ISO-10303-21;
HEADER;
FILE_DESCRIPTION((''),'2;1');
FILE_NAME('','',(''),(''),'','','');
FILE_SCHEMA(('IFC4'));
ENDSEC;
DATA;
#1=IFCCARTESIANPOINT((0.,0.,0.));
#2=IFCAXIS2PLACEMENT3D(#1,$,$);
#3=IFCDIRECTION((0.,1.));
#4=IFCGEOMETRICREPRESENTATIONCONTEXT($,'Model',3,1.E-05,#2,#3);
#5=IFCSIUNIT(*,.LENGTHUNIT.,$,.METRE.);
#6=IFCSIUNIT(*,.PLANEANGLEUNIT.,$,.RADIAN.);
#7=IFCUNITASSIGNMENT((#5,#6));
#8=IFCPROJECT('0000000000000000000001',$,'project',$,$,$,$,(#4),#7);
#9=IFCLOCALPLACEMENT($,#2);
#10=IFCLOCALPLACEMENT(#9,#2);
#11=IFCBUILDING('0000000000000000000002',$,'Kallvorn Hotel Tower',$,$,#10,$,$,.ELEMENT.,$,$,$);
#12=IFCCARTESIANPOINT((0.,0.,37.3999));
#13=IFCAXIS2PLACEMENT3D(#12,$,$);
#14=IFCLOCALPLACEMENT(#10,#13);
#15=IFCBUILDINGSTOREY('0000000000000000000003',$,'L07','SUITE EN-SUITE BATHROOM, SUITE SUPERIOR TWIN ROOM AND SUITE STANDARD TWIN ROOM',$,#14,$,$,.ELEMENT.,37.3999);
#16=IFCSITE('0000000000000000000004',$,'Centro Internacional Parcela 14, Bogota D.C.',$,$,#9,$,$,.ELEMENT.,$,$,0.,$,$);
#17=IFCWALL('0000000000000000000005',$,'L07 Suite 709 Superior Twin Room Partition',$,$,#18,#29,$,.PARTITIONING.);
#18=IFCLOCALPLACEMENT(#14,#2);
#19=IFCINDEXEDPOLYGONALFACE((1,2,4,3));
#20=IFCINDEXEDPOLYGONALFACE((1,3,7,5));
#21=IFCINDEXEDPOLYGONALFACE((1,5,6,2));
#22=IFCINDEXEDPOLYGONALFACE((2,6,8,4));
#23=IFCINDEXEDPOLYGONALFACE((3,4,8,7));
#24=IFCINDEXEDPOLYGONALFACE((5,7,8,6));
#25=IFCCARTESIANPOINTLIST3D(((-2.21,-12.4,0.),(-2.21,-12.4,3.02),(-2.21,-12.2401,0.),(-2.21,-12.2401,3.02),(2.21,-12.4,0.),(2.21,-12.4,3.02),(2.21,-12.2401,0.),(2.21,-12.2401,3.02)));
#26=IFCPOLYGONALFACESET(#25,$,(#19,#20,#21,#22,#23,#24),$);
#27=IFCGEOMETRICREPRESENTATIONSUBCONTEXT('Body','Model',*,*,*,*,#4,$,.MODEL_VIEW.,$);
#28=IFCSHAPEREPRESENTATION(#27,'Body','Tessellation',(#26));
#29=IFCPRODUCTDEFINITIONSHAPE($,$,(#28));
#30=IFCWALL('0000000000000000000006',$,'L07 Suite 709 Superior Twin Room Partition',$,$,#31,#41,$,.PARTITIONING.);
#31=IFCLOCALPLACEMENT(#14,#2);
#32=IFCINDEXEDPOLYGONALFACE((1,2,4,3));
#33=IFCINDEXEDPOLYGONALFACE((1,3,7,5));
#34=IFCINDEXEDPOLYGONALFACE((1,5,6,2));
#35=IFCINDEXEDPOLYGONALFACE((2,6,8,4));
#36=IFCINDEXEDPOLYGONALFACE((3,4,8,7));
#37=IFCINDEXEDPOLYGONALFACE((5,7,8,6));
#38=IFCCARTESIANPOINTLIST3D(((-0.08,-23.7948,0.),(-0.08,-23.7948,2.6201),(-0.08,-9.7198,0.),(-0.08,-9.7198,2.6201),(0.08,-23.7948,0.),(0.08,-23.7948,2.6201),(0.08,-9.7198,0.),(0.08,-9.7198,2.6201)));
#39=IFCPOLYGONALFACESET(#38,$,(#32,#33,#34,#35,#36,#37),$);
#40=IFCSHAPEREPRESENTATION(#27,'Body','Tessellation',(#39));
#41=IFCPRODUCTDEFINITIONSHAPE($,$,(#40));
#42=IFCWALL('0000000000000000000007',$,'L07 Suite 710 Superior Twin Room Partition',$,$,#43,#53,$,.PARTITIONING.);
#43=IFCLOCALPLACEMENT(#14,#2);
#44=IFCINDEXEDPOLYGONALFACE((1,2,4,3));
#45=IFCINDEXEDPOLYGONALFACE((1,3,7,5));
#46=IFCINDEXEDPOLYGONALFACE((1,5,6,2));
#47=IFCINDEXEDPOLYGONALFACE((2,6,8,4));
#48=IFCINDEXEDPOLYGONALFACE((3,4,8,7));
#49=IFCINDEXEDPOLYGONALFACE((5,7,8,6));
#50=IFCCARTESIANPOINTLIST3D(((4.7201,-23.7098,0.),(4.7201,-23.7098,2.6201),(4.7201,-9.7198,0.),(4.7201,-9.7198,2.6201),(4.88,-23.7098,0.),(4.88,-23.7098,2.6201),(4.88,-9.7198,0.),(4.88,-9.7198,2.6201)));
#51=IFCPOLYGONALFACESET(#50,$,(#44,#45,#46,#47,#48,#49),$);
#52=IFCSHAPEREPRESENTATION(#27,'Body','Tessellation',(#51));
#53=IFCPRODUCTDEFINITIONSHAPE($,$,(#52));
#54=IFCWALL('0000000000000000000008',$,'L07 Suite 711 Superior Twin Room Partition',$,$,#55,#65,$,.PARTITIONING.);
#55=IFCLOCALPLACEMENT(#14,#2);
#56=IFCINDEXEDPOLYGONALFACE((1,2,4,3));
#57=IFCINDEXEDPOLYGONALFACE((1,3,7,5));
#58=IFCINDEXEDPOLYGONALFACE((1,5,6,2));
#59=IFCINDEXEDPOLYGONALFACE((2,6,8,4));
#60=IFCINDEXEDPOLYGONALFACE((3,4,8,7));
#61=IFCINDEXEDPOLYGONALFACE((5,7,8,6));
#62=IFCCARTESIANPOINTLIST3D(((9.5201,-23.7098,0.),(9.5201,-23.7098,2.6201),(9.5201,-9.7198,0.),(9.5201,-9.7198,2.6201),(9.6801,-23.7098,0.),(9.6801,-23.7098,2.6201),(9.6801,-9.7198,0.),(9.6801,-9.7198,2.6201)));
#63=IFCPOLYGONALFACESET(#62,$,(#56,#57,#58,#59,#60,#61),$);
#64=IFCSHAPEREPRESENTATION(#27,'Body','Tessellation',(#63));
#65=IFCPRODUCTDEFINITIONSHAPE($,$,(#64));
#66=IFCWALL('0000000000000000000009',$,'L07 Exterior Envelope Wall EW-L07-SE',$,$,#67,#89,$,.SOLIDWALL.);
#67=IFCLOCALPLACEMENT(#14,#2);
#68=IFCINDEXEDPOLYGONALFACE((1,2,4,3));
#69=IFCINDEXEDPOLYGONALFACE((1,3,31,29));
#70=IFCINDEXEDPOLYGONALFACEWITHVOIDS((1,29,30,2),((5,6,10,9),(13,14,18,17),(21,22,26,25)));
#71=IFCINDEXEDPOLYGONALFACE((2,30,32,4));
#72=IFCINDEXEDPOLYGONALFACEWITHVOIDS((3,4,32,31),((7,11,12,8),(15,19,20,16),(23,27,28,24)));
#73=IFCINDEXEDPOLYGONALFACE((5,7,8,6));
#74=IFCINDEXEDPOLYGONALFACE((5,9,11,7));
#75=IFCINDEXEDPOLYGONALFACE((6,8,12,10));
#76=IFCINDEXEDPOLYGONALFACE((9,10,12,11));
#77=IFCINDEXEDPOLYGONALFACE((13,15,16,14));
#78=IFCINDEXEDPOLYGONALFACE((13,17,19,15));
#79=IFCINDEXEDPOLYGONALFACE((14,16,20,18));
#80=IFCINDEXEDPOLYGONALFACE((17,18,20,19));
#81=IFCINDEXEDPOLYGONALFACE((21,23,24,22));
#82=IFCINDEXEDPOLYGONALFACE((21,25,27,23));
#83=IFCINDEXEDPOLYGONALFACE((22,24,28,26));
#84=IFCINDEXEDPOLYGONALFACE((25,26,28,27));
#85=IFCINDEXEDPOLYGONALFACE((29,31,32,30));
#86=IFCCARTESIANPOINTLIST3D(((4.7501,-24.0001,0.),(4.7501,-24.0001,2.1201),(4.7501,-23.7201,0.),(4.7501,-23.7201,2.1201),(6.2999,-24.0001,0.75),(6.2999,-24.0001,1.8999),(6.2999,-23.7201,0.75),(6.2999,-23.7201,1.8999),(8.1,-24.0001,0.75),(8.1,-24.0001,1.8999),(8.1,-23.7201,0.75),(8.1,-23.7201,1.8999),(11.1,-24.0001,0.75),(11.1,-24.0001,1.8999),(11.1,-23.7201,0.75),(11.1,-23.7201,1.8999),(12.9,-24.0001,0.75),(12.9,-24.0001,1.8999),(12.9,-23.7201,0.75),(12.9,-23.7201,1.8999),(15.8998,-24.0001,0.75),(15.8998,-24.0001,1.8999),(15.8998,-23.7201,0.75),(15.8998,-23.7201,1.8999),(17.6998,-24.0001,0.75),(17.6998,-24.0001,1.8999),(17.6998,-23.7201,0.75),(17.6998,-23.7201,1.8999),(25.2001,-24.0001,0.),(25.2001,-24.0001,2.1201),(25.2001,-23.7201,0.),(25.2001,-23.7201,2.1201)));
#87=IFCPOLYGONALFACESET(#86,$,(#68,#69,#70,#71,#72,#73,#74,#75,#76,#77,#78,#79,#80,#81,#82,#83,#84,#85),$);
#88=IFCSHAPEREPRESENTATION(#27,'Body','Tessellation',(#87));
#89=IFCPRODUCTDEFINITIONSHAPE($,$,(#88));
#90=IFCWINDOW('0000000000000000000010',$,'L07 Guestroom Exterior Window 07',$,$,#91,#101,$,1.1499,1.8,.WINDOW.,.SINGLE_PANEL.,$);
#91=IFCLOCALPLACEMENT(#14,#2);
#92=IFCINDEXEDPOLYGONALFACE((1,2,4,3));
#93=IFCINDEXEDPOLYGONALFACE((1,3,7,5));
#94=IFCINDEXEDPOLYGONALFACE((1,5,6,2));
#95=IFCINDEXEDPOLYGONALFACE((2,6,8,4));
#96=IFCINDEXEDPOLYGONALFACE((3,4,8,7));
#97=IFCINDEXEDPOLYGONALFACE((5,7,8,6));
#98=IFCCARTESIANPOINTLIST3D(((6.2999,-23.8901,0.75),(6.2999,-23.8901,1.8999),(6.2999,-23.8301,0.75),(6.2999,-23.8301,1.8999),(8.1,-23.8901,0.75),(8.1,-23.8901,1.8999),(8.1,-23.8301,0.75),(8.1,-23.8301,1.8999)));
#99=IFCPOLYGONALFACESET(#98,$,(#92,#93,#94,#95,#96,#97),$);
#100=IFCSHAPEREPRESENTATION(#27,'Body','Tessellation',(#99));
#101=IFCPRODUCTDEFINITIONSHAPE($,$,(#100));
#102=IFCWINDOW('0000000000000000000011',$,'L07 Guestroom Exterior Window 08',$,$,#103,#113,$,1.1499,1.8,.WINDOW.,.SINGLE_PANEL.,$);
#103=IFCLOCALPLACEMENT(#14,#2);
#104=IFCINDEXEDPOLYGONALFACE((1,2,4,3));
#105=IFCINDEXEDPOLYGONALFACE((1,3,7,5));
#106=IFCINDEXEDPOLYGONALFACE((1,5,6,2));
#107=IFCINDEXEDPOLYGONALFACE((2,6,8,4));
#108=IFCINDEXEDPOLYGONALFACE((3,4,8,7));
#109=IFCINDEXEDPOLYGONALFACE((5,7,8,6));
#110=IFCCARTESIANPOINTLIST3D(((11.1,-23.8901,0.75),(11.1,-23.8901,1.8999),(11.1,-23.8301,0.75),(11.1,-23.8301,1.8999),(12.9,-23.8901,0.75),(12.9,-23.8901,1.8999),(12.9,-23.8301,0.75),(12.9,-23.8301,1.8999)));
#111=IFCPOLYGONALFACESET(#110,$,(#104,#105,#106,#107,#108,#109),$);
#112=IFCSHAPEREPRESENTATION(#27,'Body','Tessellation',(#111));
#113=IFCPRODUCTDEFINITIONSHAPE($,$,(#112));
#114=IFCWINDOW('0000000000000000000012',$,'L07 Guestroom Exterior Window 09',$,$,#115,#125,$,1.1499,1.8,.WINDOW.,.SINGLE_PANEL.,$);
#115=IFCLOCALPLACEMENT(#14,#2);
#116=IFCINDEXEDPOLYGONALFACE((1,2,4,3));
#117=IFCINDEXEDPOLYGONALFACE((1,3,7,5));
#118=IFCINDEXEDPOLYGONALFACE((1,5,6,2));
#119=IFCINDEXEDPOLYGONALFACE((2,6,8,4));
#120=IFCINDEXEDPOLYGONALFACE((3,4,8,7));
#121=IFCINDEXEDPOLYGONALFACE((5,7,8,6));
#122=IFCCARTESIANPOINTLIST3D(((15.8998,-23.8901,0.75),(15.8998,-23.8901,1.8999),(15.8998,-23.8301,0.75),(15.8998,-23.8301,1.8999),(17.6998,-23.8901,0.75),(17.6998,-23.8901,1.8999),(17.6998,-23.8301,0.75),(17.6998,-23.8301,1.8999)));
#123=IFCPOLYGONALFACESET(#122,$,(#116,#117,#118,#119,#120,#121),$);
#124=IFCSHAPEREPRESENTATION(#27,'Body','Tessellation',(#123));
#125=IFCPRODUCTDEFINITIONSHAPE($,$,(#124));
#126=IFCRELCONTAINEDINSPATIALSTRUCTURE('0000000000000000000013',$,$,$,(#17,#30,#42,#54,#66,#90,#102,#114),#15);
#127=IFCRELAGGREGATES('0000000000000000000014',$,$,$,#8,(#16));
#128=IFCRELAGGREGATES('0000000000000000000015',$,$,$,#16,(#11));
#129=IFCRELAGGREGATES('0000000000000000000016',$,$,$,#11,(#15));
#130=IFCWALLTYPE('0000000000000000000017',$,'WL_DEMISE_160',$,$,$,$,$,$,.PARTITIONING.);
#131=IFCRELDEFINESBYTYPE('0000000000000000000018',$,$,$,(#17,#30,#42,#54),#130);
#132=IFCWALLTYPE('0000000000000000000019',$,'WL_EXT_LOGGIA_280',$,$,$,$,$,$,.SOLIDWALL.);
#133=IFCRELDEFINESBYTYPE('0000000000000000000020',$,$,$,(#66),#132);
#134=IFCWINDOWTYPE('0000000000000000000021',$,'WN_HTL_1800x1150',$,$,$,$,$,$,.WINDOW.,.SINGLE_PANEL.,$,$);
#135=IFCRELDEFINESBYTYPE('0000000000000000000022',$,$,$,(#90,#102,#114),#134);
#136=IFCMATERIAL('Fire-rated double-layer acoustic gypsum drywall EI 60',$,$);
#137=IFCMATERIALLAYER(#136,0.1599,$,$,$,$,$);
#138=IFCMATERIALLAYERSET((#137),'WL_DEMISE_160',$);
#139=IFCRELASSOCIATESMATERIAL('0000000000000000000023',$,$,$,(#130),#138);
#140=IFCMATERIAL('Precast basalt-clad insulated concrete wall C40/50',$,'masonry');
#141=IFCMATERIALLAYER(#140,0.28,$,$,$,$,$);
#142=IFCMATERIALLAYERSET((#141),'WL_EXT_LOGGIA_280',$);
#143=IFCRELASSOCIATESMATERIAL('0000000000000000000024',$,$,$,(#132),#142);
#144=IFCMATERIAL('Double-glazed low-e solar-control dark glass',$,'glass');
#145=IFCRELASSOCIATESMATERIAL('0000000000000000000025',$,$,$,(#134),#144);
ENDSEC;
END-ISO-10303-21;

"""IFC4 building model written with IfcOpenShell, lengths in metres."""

from ifc_helpers import new_model, si_unit, direction, frame, frame_2d, origin, place, context, subcontext, project, spatial, rectangle, extrude, material, layer, layer_set, type_object, element, fill, save


model = new_model("IFC4")

# Units and contexts
model_context = context("Model", 3, precision=1e-05, world=origin(), true_north=direction((0.0, 1.0)))
body_context = subcontext(model_context, "Body", "Model", "MODEL_VIEW")
ifc_project = project(units=[si_unit("LENGTHUNIT", "METRE"), si_unit("PLANEANGLEUNIT", "RADIAN")], contexts=[model_context])

# Site, building, storey
site_placement = place(None, origin())
site = spatial("IfcSite", under=ifc_project, at=site_placement, Name="Centro Internacional Parcela 14, Bogota D.C.", CompositionType="ELEMENT", RefElevation=0.0)
building_placement = place(site_placement, origin())
building = spatial("IfcBuilding", under=site, at=building_placement, Name="Kallvorn Hotel Tower", CompositionType="ELEMENT")
storey_placement = place(building_placement, frame((0.0, 0.0, 37.3999)))
storey = spatial("IfcBuildingStorey", under=building, at=storey_placement, Name="L07", Description="SUITE EN-SUITE BATHROOM, SUITE SUPERIOR TWIN ROOM AND SUITE STANDARD TWIN ROOM", CompositionType="ELEMENT", Elevation=37.3999)

# Walls
ifc_material_1 = material(Name="Fire-rated double-layer acoustic gypsum drywall EI 60")
ifc_layer_1 = layer(ifc_material_1, 0.1599)
ifc_layer_set_1 = layer_set([ifc_layer_1], Name="WL_DEMISE_160")
wall_type_1 = type_object("IfcWallType", Name="WL_DEMISE_160", PredefinedType="PARTITIONING", material=ifc_layer_set_1)
wall_1_placement = place(storey_placement, frame((-2.21, -12.3201, 0.0), z_axis=(0.0, 0.0, 1.0), x_axis=(1.0, 0.0, 0.0)))
element("IfcWall", 1, at=wall_1_placement, inside=storey, type_object=wall_type_1, Name="L07 Suite 709 Superior Twin Room Partition", PredefinedType="PARTITIONING", context=body_context, shape_type="SweptSolid", body=[
    extrude(rectangle(XDim=4.4199, YDim=0.1599, at=frame_2d((2.21, 0.0))), origin(), (0.0, 0.0, 1.0), 3.02),
])
wall_2_placement = place(storey_placement, frame((0.0, -23.7949, 0.0), z_axis=(0.0, 0.0, 1.0), x_axis=(0.0, 1.0, 0.0)))
element("IfcWall", 2, at=wall_2_placement, inside=storey, type_object=wall_type_1, Name="L07 Suite 709 Superior Twin Room Partition", PredefinedType="PARTITIONING", context=body_context, shape_type="SweptSolid", body=[
    extrude(rectangle(XDim=14.075, YDim=0.1599, at=frame_2d((7.0376, 0.0))), origin(), (0.0, 0.0, 1.0), 2.6201),
])
for number, where, z_axis, x_axis, name in (
    (3, (4.8, -23.71, 0.0), (0.0, 0.0, 1.0), (0.0, 1.0, 0.0), "L07 Suite 710 Superior Twin Room Partition"),
    (4, (9.6001, -23.71, 0.0), (0.0, 0.0, 1.0), (0.0, 1.0, 0.0), "L07 Suite 711 Superior Twin Room Partition"),
):
    element("IfcWall", number, at=place(storey_placement, frame(where, z_axis=z_axis, x_axis=x_axis)), inside=storey, type_object=wall_type_1, Name=name, PredefinedType="PARTITIONING", context=body_context, shape_type="SweptSolid", body=[
        extrude(rectangle(XDim=13.99, YDim=0.1599, at=frame_2d((6.9951, 0.0))), origin(), (0.0, 0.0, 1.0), 2.6201),
    ])

# Wall, openings, windows
ifc_material_2 = material(Name="Precast basalt-clad insulated concrete wall C40/50", Category="masonry")
ifc_layer_2 = layer(ifc_material_2, 0.28)
ifc_layer_set_2 = layer_set([ifc_layer_2], Name="WL_EXT_LOGGIA_280")
wall_type_2 = type_object("IfcWallType", Name="WL_EXT_LOGGIA_280", PredefinedType="SOLIDWALL", material=ifc_layer_set_2)
wall_3_placement = place(storey_placement, frame((4.75, -23.8601, 0.0), z_axis=(0.0, 0.0, 1.0), x_axis=(1.0, 0.0, 0.0)))
wall_3 = element("IfcWall", 5, at=wall_3_placement, inside=storey, type_object=wall_type_2, Name="L07 Exterior Envelope Wall EW-L07-SE", PredefinedType="SOLIDWALL", context=body_context, shape_type="SweptSolid", body=[
    extrude(rectangle(XDim=20.45, YDim=0.28, at=frame_2d((10.2251, 0.0))), origin(), (0.0, 0.0, 1.0), 2.1201),
])
opening_1_placement = place(wall_3_placement, frame((1.55, 0.0, 0.75)))
opening_1 = element("IfcOpeningElement", 6, at=opening_1_placement, cuts=wall_3, PredefinedType="OPENING", context=body_context, shape_type="SweptSolid", body=[
    extrude(rectangle(XDim=1.8, YDim=1.1499, at=frame_2d((0.8999, 0.575))), frame((0.0, 0.155, 0.0), z_axis=(0.0, -1.0, 0.0), x_axis=(1.0, 0.0, 0.0)), (0.0, 0.0, 1.0), 0.3101),
])
opening_2_placement = place(wall_3_placement, frame((6.3501, 0.0, 0.75)))
opening_2 = element("IfcOpeningElement", 7, at=opening_2_placement, cuts=wall_3, PredefinedType="OPENING", context=body_context, shape_type="SweptSolid", body=[
    extrude(rectangle(XDim=1.8, YDim=1.1499, at=frame_2d((0.8999, 0.575))), frame((0.0, 0.155, 0.0), z_axis=(0.0, -1.0, 0.0), x_axis=(1.0, 0.0, 0.0)), (0.0, 0.0, 1.0), 0.3101),
])
opening_3_placement = place(wall_3_placement, frame((11.1499, 0.0, 0.75)))
opening_3 = element("IfcOpeningElement", 8, at=opening_3_placement, cuts=wall_3, PredefinedType="OPENING", context=body_context, shape_type="SweptSolid", body=[
    extrude(rectangle(XDim=1.8, YDim=1.1499, at=frame_2d((0.8999, 0.575))), frame((0.0, 0.155, 0.0), z_axis=(0.0, -1.0, 0.0), x_axis=(1.0, 0.0, 0.0)), (0.0, 0.0, 1.0), 0.3101),
])
ifc_material_3 = material(Name="Double-glazed low-e solar-control dark glass", Category="glass")
window_type = type_object("IfcWindowType", Name="WN_HTL_1800x1150", PartitioningType="SINGLE_PANEL", PredefinedType="WINDOW", material=ifc_material_3)
window_1_placement = place(opening_1_placement, origin())
window_1 = element("IfcWindow", 9, at=window_1_placement, inside=storey, type_object=window_type, Name="L07 Guestroom Exterior Window 07", OverallHeight=1.1499, OverallWidth=1.8, PartitioningType="SINGLE_PANEL", PredefinedType="WINDOW", context=body_context, shape_type="SweptSolid", body=[
    extrude(rectangle(XDim=1.8, YDim=1.1499, at=frame_2d((0.8999, 0.575))), frame((0.0, 0.03, 0.0), z_axis=(0.0, -1.0, 0.0), x_axis=(1.0, 0.0, 0.0)), (0.0, 0.0, 1.0), 0.0601),
])
fill(opening_1, window_1)
window_2_placement = place(opening_2_placement, origin())
window_2 = element("IfcWindow", 10, at=window_2_placement, inside=storey, type_object=window_type, Name="L07 Guestroom Exterior Window 08", OverallHeight=1.1499, OverallWidth=1.8, PartitioningType="SINGLE_PANEL", PredefinedType="WINDOW", context=body_context, shape_type="SweptSolid", body=[
    extrude(rectangle(XDim=1.8, YDim=1.1499, at=frame_2d((0.8999, 0.575))), frame((0.0, 0.03, 0.0), z_axis=(0.0, -1.0, 0.0), x_axis=(1.0, 0.0, 0.0)), (0.0, 0.0, 1.0), 0.0601),
])
fill(opening_2, window_2)
window_3_placement = place(opening_3_placement, origin())
window_3 = element("IfcWindow", 11, at=window_3_placement, inside=storey, type_object=window_type, Name="L07 Guestroom Exterior Window 09", OverallHeight=1.1499, OverallWidth=1.8, PartitioningType="SINGLE_PANEL", PredefinedType="WINDOW", context=body_context, shape_type="SweptSolid", body=[
    extrude(rectangle(XDim=1.8, YDim=1.1499, at=frame_2d((0.8999, 0.575))), frame((0.0, 0.03, 0.0), z_axis=(0.0, -1.0, 0.0), x_axis=(1.0, 0.0, 0.0)), (0.0, 0.0, 1.0), 0.0601),
])
fill(opening_3, window_3)

save(model, "model.ifc")
